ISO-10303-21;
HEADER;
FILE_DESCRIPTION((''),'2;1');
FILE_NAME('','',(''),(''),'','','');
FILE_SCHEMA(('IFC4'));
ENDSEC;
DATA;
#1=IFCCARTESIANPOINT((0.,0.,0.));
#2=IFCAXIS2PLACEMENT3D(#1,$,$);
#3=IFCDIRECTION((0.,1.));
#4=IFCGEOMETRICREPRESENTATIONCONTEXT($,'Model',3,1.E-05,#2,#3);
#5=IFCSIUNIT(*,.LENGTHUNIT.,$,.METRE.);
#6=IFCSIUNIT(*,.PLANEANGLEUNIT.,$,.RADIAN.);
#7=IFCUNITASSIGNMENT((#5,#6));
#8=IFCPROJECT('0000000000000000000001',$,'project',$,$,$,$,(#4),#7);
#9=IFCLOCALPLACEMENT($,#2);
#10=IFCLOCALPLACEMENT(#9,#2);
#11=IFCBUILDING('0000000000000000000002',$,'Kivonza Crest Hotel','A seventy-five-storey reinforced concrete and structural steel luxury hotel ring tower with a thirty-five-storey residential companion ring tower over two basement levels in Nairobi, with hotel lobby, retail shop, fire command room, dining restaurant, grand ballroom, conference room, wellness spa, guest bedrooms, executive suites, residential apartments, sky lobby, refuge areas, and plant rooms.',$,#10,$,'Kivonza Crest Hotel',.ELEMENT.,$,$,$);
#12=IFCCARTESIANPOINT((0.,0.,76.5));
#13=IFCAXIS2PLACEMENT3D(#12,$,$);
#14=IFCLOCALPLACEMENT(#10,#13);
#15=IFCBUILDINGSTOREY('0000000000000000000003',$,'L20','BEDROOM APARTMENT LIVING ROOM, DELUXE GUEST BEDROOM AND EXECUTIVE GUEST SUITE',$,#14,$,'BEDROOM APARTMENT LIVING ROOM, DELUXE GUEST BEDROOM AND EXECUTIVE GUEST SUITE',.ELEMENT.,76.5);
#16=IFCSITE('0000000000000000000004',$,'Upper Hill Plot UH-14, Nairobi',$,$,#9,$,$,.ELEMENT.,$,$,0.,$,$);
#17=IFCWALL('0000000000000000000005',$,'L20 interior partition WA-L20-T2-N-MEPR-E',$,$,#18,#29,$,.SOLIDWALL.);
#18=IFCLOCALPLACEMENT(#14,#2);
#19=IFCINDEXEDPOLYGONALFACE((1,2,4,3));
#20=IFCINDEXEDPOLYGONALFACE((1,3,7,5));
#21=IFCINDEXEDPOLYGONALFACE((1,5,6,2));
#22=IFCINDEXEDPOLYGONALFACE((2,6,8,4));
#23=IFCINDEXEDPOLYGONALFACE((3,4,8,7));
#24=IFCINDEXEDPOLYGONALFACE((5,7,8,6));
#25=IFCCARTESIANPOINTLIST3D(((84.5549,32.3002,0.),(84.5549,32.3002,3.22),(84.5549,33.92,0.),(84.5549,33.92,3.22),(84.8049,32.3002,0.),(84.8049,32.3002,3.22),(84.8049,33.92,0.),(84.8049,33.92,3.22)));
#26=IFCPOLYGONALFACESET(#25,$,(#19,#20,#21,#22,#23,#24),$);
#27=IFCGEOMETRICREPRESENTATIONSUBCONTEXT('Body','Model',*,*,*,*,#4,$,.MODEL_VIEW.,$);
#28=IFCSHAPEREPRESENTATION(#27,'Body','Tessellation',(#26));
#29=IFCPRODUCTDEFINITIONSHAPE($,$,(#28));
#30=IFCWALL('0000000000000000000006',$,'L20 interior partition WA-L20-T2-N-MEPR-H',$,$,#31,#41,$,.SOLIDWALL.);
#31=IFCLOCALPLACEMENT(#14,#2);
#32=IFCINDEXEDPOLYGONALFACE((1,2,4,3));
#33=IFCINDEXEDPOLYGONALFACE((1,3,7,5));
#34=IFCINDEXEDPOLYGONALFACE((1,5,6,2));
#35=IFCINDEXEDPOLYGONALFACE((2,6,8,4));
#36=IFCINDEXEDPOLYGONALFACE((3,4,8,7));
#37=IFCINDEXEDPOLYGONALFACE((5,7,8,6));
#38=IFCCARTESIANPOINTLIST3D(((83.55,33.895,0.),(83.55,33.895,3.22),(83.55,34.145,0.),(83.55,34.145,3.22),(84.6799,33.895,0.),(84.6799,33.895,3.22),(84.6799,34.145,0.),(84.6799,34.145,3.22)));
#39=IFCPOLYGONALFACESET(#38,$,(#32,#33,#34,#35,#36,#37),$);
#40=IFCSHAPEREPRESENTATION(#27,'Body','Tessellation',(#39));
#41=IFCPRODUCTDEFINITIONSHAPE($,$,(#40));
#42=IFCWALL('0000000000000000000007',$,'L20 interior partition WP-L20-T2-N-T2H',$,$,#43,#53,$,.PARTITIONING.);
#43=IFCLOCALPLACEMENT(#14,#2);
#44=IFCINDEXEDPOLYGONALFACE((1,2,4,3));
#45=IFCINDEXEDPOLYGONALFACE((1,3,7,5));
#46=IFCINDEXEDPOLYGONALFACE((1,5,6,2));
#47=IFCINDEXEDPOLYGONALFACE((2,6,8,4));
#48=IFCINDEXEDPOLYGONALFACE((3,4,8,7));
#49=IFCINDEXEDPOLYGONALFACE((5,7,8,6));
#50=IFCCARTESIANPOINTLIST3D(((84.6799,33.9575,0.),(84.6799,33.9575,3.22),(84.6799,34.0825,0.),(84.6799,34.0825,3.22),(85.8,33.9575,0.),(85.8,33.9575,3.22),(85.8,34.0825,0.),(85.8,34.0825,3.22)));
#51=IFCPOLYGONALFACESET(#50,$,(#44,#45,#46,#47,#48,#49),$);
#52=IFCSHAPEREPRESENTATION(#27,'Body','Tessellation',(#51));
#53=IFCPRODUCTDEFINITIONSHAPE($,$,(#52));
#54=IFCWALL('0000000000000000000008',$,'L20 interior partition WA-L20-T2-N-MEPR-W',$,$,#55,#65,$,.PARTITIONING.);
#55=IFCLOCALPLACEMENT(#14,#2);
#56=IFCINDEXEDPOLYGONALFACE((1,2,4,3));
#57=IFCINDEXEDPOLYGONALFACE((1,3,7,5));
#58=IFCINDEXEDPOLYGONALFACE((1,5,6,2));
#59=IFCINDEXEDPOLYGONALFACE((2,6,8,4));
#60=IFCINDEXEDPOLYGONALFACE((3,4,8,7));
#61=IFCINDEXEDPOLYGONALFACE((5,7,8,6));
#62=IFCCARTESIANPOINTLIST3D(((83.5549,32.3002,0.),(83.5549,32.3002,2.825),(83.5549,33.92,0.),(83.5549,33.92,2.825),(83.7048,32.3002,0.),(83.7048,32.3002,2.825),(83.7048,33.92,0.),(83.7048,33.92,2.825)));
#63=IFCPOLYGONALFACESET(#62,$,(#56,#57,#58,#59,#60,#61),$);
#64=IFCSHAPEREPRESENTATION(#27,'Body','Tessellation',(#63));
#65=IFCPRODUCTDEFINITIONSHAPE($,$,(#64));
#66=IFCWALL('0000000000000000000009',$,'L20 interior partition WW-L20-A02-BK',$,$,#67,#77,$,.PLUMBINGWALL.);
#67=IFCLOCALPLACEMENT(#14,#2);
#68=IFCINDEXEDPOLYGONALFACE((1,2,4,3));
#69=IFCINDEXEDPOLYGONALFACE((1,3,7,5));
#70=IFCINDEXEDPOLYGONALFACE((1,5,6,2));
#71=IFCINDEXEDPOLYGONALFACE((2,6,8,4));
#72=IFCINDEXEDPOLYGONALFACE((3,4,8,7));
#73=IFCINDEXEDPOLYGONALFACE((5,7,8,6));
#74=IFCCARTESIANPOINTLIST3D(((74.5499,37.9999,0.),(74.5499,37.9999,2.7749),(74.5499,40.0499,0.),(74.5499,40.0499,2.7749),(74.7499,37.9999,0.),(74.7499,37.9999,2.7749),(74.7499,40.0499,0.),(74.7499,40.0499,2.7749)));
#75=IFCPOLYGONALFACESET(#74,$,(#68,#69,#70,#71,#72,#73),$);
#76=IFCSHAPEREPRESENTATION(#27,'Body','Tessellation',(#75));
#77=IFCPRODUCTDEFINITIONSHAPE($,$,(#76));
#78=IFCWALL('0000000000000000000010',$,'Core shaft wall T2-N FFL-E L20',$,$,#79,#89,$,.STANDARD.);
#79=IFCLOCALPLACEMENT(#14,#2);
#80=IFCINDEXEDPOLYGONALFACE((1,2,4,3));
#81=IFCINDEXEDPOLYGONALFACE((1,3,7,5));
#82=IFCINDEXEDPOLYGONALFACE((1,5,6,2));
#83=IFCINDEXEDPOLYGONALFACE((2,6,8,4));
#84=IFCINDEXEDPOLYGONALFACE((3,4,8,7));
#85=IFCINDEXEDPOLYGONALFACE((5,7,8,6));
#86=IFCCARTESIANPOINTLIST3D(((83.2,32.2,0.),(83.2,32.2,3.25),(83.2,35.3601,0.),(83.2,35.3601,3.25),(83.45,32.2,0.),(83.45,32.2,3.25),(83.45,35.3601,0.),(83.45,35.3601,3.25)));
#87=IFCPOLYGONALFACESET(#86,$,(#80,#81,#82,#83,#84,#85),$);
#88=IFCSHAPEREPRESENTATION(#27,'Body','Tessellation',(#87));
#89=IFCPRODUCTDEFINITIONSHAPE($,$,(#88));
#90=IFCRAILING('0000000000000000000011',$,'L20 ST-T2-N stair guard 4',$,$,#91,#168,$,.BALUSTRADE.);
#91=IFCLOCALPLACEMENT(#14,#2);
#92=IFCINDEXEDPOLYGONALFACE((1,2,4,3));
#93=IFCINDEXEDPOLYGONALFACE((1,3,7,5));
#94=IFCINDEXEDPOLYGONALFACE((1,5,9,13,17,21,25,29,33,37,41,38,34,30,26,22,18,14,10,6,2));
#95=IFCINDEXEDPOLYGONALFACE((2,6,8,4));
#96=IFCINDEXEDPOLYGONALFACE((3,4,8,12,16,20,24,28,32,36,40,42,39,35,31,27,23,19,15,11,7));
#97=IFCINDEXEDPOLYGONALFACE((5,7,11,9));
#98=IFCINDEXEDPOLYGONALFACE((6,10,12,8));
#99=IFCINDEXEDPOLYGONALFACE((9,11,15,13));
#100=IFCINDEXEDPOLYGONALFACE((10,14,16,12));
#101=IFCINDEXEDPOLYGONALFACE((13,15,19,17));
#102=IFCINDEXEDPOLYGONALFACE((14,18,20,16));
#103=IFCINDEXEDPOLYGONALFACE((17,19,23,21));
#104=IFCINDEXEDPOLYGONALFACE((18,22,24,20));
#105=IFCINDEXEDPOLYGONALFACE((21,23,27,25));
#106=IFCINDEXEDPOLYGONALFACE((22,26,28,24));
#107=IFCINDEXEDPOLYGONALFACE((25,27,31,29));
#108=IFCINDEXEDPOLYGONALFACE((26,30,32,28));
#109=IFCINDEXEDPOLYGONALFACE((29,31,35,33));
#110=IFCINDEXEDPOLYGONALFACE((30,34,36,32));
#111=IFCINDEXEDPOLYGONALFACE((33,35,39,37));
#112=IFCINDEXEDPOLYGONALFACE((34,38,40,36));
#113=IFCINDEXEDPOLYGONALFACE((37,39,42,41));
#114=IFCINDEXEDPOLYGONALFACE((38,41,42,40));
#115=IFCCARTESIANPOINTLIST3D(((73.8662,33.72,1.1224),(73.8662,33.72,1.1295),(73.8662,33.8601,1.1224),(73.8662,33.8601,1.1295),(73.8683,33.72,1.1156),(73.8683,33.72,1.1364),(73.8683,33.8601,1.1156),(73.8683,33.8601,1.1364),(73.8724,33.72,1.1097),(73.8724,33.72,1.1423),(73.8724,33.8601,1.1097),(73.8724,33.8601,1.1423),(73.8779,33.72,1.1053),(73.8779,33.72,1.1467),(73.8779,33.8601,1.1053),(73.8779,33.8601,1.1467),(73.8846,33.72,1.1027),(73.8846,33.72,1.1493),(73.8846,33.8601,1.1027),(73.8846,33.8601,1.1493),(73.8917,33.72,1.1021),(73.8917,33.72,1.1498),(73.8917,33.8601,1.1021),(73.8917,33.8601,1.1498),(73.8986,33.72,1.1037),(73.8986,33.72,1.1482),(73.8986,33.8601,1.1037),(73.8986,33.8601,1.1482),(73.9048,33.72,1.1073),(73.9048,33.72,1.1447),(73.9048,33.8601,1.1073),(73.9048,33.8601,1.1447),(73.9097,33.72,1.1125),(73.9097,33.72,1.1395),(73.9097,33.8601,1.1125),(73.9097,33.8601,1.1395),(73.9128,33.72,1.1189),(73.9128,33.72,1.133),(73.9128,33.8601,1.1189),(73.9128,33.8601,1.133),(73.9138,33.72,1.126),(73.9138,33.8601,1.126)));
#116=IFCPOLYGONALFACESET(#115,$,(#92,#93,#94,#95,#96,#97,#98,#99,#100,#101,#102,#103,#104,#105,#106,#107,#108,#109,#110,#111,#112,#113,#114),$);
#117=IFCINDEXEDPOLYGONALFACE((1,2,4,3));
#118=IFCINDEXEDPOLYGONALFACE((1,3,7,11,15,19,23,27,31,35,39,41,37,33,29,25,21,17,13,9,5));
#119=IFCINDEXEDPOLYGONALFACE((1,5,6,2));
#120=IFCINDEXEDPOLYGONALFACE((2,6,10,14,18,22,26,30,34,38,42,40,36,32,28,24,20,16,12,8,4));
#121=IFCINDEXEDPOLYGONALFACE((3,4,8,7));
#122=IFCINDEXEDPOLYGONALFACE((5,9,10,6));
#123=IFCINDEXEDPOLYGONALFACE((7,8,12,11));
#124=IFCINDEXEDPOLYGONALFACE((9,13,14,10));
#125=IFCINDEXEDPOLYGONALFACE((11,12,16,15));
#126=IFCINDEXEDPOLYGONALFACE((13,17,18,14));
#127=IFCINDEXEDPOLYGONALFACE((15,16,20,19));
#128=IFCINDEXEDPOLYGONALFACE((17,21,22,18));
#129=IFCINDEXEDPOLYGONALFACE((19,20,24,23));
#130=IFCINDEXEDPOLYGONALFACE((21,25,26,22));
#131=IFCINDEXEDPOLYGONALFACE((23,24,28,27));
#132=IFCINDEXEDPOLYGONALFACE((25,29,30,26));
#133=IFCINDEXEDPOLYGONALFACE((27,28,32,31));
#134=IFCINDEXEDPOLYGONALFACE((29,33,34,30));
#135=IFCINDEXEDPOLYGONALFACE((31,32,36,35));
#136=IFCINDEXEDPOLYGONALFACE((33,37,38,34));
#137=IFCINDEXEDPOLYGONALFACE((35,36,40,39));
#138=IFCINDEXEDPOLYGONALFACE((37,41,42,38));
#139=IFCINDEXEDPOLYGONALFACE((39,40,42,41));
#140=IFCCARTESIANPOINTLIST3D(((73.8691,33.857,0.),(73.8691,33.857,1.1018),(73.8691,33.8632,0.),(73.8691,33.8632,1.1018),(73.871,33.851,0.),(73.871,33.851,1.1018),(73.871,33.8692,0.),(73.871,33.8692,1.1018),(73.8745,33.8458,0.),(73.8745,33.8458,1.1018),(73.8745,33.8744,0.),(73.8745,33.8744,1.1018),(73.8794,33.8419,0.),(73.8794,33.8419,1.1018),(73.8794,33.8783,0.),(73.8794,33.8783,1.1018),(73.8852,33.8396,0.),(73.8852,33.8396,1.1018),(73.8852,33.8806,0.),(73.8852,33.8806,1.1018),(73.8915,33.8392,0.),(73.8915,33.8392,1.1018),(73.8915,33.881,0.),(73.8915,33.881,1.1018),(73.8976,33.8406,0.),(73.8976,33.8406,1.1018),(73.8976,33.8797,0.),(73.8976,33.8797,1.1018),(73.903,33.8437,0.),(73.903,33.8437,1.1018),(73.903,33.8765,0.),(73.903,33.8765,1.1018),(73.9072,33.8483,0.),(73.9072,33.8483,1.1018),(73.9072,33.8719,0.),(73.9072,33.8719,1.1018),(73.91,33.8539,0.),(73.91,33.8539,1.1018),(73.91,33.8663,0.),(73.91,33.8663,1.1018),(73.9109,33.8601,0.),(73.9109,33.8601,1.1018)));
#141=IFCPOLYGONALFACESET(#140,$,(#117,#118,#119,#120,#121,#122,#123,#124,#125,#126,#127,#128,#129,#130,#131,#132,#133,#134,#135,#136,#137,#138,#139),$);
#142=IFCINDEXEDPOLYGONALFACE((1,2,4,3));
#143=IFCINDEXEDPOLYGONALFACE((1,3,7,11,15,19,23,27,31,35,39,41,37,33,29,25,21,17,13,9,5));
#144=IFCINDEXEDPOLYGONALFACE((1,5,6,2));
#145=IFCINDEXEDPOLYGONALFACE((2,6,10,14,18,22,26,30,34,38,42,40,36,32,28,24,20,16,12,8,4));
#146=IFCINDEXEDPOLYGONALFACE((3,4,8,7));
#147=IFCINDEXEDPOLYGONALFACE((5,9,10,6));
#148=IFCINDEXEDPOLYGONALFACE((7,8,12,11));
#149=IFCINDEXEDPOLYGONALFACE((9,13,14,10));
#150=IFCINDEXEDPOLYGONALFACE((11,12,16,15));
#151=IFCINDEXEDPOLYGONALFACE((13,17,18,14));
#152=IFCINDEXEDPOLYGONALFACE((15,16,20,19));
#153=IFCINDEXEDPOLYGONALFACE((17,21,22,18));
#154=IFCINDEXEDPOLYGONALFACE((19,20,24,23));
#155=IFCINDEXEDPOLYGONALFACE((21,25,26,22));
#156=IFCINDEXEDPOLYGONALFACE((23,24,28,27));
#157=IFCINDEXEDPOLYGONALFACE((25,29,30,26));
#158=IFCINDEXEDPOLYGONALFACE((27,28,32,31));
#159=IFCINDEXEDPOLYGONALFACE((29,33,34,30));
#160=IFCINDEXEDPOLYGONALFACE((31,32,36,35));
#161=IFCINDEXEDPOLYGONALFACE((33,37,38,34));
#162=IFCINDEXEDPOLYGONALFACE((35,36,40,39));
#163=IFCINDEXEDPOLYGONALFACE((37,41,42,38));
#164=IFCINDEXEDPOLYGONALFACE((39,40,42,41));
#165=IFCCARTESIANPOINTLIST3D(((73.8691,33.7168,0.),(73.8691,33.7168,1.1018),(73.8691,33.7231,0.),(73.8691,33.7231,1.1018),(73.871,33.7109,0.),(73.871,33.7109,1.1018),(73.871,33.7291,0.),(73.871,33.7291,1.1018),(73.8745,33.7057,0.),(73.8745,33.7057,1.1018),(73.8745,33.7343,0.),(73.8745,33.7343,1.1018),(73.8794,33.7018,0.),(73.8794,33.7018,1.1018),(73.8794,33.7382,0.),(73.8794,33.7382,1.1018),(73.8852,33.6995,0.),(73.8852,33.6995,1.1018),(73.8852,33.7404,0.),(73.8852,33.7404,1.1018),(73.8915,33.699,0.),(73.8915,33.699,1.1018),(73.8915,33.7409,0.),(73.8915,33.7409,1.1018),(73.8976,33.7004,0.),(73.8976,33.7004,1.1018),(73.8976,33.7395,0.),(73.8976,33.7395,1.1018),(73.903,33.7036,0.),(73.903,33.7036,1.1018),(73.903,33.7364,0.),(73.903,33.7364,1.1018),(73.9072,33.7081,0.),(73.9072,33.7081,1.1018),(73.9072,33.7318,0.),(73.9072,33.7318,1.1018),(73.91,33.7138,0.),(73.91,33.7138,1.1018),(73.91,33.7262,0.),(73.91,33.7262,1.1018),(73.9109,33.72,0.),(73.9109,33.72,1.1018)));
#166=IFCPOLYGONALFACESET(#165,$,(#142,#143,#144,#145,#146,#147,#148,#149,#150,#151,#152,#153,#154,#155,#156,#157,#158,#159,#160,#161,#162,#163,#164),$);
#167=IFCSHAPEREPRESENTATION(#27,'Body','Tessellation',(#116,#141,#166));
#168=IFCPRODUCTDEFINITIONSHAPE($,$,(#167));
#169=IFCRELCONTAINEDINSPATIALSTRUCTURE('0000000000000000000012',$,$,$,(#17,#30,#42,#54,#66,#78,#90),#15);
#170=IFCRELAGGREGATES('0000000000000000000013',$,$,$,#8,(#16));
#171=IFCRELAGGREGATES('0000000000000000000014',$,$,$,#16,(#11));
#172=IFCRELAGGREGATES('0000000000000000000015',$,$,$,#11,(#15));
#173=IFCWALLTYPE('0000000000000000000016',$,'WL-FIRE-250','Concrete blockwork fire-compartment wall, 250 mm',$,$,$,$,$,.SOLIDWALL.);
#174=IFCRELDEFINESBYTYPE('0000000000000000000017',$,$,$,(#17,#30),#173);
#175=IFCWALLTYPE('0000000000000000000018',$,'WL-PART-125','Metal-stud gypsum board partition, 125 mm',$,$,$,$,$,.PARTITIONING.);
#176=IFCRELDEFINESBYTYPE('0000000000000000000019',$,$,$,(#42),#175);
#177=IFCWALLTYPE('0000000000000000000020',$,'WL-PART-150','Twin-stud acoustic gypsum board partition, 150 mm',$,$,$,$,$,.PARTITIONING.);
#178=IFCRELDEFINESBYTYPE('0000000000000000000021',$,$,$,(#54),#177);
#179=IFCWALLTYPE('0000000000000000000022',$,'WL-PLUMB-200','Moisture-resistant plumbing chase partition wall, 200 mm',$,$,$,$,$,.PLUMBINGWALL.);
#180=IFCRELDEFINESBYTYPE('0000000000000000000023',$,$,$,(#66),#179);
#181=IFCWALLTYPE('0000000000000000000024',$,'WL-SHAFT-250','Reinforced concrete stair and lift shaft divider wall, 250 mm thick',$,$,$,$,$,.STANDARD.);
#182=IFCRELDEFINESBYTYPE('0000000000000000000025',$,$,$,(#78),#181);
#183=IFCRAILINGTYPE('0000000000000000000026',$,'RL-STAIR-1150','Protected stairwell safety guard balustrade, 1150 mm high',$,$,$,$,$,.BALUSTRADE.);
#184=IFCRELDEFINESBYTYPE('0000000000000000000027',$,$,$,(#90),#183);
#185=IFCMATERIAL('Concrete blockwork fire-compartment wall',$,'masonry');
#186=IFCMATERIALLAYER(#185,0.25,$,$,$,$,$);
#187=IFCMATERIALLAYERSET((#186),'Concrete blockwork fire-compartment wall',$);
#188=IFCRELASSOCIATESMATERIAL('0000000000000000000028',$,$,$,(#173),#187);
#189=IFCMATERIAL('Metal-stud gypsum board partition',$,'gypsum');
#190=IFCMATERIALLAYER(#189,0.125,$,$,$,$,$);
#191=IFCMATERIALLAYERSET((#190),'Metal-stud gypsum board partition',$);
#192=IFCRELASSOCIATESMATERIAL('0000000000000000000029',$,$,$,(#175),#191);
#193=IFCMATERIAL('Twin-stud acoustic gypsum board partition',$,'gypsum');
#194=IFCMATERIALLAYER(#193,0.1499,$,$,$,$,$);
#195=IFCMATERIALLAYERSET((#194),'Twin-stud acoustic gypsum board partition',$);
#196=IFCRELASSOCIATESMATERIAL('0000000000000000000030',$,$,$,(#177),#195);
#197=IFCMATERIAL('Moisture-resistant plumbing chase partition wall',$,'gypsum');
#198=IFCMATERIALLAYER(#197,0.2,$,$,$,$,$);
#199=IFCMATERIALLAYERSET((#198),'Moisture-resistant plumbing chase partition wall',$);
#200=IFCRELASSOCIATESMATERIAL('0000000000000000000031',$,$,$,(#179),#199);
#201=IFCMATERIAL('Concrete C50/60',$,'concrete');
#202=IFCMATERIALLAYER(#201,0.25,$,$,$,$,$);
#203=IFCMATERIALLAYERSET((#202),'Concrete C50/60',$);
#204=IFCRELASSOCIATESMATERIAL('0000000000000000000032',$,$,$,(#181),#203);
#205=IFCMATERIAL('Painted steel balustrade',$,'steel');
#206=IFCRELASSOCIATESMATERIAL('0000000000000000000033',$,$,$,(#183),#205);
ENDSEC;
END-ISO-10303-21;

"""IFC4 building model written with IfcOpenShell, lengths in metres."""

from ifc_helpers import new_model, si_unit, direction, frame, frame_2d, origin, origin_2d, place, context, subcontext, project, spatial, rectangle, circle, extrude, material, layer, layer_set, type_object, element, save


model = new_model("IFC4")

# Units and contexts
model_context = context("Model", 3, precision=1e-05, world=origin(), true_north=direction((0.0, 1.0)))
body_context = subcontext(model_context, "Body", "Model", "MODEL_VIEW")
ifc_project = project(units=[si_unit("LENGTHUNIT", "METRE"), si_unit("PLANEANGLEUNIT", "RADIAN")], contexts=[model_context])

# Site, building, storey
site_placement = place(None, origin())
site = spatial("IfcSite", under=ifc_project, at=site_placement, Name="Upper Hill Plot UH-14, Nairobi", CompositionType="ELEMENT", RefElevation=0.0)
building_placement = place(site_placement, origin())
building = spatial("IfcBuilding", under=site, at=building_placement, Name="Kivonza Crest Hotel", Description="A seventy-five-storey reinforced concrete and structural steel luxury hotel ring tower with a thirty-five-storey residential companion ring tower over two basement levels in Nairobi, with hotel lobby, retail shop, fire command room, dining restaurant, grand ballroom, conference room, wellness spa, guest bedrooms, executive suites, residential apartments, sky lobby, refuge areas, and plant rooms.", LongName="Kivonza Crest Hotel", CompositionType="ELEMENT")
storey_placement = place(building_placement, frame((0.0, 0.0, 76.5)))
storey = spatial("IfcBuildingStorey", under=building, at=storey_placement, Name="L20", Description="BEDROOM APARTMENT LIVING ROOM, DELUXE GUEST BEDROOM AND EXECUTIVE GUEST SUITE", LongName="BEDROOM APARTMENT LIVING ROOM, DELUXE GUEST BEDROOM AND EXECUTIVE GUEST SUITE", CompositionType="ELEMENT", Elevation=76.5)

# Shared definitions
ifc_material_1 = material(Name="Concrete C50/60", Category="concrete")

# Walls
ifc_material_2 = material(Name="Concrete blockwork fire-compartment wall", Category="masonry")
ifc_layer_1 = layer(ifc_material_2, 0.25)
ifc_layer_set_1 = layer_set([ifc_layer_1], Name="Concrete blockwork fire-compartment wall")
wall_type_1 = type_object("IfcWallType", Name="WL-FIRE-250", Description="Concrete blockwork fire-compartment wall, 250 mm", PredefinedType="SOLIDWALL", material=ifc_layer_set_1)
wall_1_placement = place(storey_placement, frame((84.6799, 32.3, 0.0), z_axis=(0.0, 0.0, 1.0), x_axis=(0.0, 1.0, 0.0)))
element("IfcWall", 1, at=wall_1_placement, inside=storey, type_object=wall_type_1, Name="L20 interior partition WA-L20-T2-N-MEPR-E", PredefinedType="SOLIDWALL", context=body_context, shape_type="SweptSolid", body=[
    extrude(rectangle(XDim=1.6199, YDim=0.25, at=frame_2d((0.8101, 0.0))), origin(), (0.0, 0.0, 1.0), 3.22),
])
wall_2_placement = place(storey_placement, frame((83.55, 34.02, 0.0), z_axis=(0.0, 0.0, 1.0), x_axis=(1.0, 0.0, 0.0)))
element("IfcWall", 2, at=wall_2_placement, inside=storey, type_object=wall_type_1, Name="L20 interior partition WA-L20-T2-N-MEPR-H", PredefinedType="SOLIDWALL", context=body_context, shape_type="SweptSolid", body=[
    extrude(rectangle(XDim=1.1299, YDim=0.25, at=frame_2d((0.5649, 0.0))), origin(), (0.0, 0.0, 1.0), 3.22),
])
ifc_material_3 = material(Name="Metal-stud gypsum board partition", Category="gypsum")
ifc_layer_2 = layer(ifc_material_3, 0.125)
ifc_layer_set_2 = layer_set([ifc_layer_2], Name="Metal-stud gypsum board partition")
wall_type_2 = type_object("IfcWallType", Name="WL-PART-125", Description="Metal-stud gypsum board partition, 125 mm", PredefinedType="PARTITIONING", material=ifc_layer_set_2)
wall_3_placement = place(storey_placement, frame((84.6799, 34.02, 0.0), z_axis=(0.0, 0.0, 1.0), x_axis=(1.0, 0.0, 0.0)))
element("IfcWall", 3, at=wall_3_placement, inside=storey, type_object=wall_type_2, Name="L20 interior partition WP-L20-T2-N-T2H", PredefinedType="PARTITIONING", context=body_context, shape_type="SweptSolid", body=[
    extrude(rectangle(XDim=1.1201, YDim=0.125, at=frame_2d((0.5601, 0.0))), origin(), (0.0, 0.0, 1.0), 3.22),
])
ifc_material_4 = material(Name="Twin-stud acoustic gypsum board partition", Category="gypsum")
ifc_layer_3 = layer(ifc_material_4, 0.1499)
ifc_layer_set_3 = layer_set([ifc_layer_3], Name="Twin-stud acoustic gypsum board partition")
wall_type_3 = type_object("IfcWallType", Name="WL-PART-150", Description="Twin-stud acoustic gypsum board partition, 150 mm", PredefinedType="PARTITIONING", material=ifc_layer_set_3)
wall_4_placement = place(storey_placement, frame((83.6299, 32.3, 0.0), z_axis=(0.0, 0.0, 1.0), x_axis=(0.0, 1.0, 0.0)))
element("IfcWall", 4, at=wall_4_placement, inside=storey, type_object=wall_type_3, Name="L20 interior partition WA-L20-T2-N-MEPR-W", PredefinedType="PARTITIONING", context=body_context, shape_type="SweptSolid", body=[
    extrude(rectangle(XDim=1.6199, YDim=0.1499, at=frame_2d((0.8101, 0.0))), origin(), (0.0, 0.0, 1.0), 2.825),
])
ifc_material_5 = material(Name="Moisture-resistant plumbing chase partition wall", Category="gypsum")
ifc_layer_4 = layer(ifc_material_5, 0.2)
ifc_layer_set_4 = layer_set([ifc_layer_4], Name="Moisture-resistant plumbing chase partition wall")
wall_type_4 = type_object("IfcWallType", Name="WL-PLUMB-200", Description="Moisture-resistant plumbing chase partition wall, 200 mm", PredefinedType="PLUMBINGWALL", material=ifc_layer_set_4)
wall_5_placement = place(storey_placement, frame((74.6499, 38.0, 0.0), z_axis=(0.0, 0.0, 1.0), x_axis=(0.0, 1.0, 0.0)))
element("IfcWall", 5, at=wall_5_placement, inside=storey, type_object=wall_type_4, Name="L20 interior partition WW-L20-A02-BK", PredefinedType="PLUMBINGWALL", context=body_context, shape_type="SweptSolid", body=[
    extrude(rectangle(XDim=2.05, YDim=0.2, at=frame_2d((1.0249, 0.0))), origin(), (0.0, 0.0, 1.0), 2.7749),
])

# Shared definitions
ifc_layer_5 = layer(ifc_material_1, 0.25)
ifc_layer_set_5 = layer_set([ifc_layer_5], Name="Concrete C50/60")
wall_type_5 = type_object("IfcWallType", Name="WL-SHAFT-250", Description="Reinforced concrete stair and lift shaft divider wall, 250 mm thick", PredefinedType="STANDARD", material=ifc_layer_set_5)

# Wall
wall_6_placement = place(storey_placement, frame((83.325, 32.2, 0.0), z_axis=(0.0, 0.0, 1.0), x_axis=(0.0, 1.0, 0.0)))
element("IfcWall", 6, at=wall_6_placement, inside=storey, type_object=wall_type_5, Name="Core shaft wall T2-N FFL-E L20", PredefinedType="STANDARD", context=body_context, shape_type="SweptSolid", body=[
    extrude(rectangle(XDim=3.1602, YDim=0.25, at=frame_2d((1.5801, 0.0))), origin(), (0.0, 0.0, 1.0), 3.25),
])

# Railing
ifc_material_6 = material(Name="Painted steel balustrade", Category="steel")
railing_type = type_object("IfcRailingType", Name="RL-STAIR-1150", Description="Protected stairwell safety guard balustrade, 1150 mm high", PredefinedType="BALUSTRADE", material=ifc_material_6)
railing_placement = place(storey_placement, frame((73.8899, 33.8601, 0.0)))
element("IfcRailing", 7, at=railing_placement, inside=storey, type_object=railing_type, Name="L20 ST-T2-N stair guard 4", PredefinedType="BALUSTRADE", context=body_context, shape_type="SweptSolid", body=[
    extrude(circle(Radius=0.0239, at=origin_2d()), frame((0.0, 0.0, 1.126), z_axis=(0.0, -1.0, 0.0), x_axis=(1.0, 0.0, 0.0)), (0.0, 0.0, 1.0), 0.1401),
    extrude(circle(Radius=0.021, at=origin_2d()), origin(), (0.0, 0.0, 1.0), 1.1018),
    extrude(circle(Radius=0.021, at=origin_2d()), frame((0.0, -0.1401, 0.0)), (0.0, 0.0, 1.0), 1.1018),
])

save(model, "model.ifc")
